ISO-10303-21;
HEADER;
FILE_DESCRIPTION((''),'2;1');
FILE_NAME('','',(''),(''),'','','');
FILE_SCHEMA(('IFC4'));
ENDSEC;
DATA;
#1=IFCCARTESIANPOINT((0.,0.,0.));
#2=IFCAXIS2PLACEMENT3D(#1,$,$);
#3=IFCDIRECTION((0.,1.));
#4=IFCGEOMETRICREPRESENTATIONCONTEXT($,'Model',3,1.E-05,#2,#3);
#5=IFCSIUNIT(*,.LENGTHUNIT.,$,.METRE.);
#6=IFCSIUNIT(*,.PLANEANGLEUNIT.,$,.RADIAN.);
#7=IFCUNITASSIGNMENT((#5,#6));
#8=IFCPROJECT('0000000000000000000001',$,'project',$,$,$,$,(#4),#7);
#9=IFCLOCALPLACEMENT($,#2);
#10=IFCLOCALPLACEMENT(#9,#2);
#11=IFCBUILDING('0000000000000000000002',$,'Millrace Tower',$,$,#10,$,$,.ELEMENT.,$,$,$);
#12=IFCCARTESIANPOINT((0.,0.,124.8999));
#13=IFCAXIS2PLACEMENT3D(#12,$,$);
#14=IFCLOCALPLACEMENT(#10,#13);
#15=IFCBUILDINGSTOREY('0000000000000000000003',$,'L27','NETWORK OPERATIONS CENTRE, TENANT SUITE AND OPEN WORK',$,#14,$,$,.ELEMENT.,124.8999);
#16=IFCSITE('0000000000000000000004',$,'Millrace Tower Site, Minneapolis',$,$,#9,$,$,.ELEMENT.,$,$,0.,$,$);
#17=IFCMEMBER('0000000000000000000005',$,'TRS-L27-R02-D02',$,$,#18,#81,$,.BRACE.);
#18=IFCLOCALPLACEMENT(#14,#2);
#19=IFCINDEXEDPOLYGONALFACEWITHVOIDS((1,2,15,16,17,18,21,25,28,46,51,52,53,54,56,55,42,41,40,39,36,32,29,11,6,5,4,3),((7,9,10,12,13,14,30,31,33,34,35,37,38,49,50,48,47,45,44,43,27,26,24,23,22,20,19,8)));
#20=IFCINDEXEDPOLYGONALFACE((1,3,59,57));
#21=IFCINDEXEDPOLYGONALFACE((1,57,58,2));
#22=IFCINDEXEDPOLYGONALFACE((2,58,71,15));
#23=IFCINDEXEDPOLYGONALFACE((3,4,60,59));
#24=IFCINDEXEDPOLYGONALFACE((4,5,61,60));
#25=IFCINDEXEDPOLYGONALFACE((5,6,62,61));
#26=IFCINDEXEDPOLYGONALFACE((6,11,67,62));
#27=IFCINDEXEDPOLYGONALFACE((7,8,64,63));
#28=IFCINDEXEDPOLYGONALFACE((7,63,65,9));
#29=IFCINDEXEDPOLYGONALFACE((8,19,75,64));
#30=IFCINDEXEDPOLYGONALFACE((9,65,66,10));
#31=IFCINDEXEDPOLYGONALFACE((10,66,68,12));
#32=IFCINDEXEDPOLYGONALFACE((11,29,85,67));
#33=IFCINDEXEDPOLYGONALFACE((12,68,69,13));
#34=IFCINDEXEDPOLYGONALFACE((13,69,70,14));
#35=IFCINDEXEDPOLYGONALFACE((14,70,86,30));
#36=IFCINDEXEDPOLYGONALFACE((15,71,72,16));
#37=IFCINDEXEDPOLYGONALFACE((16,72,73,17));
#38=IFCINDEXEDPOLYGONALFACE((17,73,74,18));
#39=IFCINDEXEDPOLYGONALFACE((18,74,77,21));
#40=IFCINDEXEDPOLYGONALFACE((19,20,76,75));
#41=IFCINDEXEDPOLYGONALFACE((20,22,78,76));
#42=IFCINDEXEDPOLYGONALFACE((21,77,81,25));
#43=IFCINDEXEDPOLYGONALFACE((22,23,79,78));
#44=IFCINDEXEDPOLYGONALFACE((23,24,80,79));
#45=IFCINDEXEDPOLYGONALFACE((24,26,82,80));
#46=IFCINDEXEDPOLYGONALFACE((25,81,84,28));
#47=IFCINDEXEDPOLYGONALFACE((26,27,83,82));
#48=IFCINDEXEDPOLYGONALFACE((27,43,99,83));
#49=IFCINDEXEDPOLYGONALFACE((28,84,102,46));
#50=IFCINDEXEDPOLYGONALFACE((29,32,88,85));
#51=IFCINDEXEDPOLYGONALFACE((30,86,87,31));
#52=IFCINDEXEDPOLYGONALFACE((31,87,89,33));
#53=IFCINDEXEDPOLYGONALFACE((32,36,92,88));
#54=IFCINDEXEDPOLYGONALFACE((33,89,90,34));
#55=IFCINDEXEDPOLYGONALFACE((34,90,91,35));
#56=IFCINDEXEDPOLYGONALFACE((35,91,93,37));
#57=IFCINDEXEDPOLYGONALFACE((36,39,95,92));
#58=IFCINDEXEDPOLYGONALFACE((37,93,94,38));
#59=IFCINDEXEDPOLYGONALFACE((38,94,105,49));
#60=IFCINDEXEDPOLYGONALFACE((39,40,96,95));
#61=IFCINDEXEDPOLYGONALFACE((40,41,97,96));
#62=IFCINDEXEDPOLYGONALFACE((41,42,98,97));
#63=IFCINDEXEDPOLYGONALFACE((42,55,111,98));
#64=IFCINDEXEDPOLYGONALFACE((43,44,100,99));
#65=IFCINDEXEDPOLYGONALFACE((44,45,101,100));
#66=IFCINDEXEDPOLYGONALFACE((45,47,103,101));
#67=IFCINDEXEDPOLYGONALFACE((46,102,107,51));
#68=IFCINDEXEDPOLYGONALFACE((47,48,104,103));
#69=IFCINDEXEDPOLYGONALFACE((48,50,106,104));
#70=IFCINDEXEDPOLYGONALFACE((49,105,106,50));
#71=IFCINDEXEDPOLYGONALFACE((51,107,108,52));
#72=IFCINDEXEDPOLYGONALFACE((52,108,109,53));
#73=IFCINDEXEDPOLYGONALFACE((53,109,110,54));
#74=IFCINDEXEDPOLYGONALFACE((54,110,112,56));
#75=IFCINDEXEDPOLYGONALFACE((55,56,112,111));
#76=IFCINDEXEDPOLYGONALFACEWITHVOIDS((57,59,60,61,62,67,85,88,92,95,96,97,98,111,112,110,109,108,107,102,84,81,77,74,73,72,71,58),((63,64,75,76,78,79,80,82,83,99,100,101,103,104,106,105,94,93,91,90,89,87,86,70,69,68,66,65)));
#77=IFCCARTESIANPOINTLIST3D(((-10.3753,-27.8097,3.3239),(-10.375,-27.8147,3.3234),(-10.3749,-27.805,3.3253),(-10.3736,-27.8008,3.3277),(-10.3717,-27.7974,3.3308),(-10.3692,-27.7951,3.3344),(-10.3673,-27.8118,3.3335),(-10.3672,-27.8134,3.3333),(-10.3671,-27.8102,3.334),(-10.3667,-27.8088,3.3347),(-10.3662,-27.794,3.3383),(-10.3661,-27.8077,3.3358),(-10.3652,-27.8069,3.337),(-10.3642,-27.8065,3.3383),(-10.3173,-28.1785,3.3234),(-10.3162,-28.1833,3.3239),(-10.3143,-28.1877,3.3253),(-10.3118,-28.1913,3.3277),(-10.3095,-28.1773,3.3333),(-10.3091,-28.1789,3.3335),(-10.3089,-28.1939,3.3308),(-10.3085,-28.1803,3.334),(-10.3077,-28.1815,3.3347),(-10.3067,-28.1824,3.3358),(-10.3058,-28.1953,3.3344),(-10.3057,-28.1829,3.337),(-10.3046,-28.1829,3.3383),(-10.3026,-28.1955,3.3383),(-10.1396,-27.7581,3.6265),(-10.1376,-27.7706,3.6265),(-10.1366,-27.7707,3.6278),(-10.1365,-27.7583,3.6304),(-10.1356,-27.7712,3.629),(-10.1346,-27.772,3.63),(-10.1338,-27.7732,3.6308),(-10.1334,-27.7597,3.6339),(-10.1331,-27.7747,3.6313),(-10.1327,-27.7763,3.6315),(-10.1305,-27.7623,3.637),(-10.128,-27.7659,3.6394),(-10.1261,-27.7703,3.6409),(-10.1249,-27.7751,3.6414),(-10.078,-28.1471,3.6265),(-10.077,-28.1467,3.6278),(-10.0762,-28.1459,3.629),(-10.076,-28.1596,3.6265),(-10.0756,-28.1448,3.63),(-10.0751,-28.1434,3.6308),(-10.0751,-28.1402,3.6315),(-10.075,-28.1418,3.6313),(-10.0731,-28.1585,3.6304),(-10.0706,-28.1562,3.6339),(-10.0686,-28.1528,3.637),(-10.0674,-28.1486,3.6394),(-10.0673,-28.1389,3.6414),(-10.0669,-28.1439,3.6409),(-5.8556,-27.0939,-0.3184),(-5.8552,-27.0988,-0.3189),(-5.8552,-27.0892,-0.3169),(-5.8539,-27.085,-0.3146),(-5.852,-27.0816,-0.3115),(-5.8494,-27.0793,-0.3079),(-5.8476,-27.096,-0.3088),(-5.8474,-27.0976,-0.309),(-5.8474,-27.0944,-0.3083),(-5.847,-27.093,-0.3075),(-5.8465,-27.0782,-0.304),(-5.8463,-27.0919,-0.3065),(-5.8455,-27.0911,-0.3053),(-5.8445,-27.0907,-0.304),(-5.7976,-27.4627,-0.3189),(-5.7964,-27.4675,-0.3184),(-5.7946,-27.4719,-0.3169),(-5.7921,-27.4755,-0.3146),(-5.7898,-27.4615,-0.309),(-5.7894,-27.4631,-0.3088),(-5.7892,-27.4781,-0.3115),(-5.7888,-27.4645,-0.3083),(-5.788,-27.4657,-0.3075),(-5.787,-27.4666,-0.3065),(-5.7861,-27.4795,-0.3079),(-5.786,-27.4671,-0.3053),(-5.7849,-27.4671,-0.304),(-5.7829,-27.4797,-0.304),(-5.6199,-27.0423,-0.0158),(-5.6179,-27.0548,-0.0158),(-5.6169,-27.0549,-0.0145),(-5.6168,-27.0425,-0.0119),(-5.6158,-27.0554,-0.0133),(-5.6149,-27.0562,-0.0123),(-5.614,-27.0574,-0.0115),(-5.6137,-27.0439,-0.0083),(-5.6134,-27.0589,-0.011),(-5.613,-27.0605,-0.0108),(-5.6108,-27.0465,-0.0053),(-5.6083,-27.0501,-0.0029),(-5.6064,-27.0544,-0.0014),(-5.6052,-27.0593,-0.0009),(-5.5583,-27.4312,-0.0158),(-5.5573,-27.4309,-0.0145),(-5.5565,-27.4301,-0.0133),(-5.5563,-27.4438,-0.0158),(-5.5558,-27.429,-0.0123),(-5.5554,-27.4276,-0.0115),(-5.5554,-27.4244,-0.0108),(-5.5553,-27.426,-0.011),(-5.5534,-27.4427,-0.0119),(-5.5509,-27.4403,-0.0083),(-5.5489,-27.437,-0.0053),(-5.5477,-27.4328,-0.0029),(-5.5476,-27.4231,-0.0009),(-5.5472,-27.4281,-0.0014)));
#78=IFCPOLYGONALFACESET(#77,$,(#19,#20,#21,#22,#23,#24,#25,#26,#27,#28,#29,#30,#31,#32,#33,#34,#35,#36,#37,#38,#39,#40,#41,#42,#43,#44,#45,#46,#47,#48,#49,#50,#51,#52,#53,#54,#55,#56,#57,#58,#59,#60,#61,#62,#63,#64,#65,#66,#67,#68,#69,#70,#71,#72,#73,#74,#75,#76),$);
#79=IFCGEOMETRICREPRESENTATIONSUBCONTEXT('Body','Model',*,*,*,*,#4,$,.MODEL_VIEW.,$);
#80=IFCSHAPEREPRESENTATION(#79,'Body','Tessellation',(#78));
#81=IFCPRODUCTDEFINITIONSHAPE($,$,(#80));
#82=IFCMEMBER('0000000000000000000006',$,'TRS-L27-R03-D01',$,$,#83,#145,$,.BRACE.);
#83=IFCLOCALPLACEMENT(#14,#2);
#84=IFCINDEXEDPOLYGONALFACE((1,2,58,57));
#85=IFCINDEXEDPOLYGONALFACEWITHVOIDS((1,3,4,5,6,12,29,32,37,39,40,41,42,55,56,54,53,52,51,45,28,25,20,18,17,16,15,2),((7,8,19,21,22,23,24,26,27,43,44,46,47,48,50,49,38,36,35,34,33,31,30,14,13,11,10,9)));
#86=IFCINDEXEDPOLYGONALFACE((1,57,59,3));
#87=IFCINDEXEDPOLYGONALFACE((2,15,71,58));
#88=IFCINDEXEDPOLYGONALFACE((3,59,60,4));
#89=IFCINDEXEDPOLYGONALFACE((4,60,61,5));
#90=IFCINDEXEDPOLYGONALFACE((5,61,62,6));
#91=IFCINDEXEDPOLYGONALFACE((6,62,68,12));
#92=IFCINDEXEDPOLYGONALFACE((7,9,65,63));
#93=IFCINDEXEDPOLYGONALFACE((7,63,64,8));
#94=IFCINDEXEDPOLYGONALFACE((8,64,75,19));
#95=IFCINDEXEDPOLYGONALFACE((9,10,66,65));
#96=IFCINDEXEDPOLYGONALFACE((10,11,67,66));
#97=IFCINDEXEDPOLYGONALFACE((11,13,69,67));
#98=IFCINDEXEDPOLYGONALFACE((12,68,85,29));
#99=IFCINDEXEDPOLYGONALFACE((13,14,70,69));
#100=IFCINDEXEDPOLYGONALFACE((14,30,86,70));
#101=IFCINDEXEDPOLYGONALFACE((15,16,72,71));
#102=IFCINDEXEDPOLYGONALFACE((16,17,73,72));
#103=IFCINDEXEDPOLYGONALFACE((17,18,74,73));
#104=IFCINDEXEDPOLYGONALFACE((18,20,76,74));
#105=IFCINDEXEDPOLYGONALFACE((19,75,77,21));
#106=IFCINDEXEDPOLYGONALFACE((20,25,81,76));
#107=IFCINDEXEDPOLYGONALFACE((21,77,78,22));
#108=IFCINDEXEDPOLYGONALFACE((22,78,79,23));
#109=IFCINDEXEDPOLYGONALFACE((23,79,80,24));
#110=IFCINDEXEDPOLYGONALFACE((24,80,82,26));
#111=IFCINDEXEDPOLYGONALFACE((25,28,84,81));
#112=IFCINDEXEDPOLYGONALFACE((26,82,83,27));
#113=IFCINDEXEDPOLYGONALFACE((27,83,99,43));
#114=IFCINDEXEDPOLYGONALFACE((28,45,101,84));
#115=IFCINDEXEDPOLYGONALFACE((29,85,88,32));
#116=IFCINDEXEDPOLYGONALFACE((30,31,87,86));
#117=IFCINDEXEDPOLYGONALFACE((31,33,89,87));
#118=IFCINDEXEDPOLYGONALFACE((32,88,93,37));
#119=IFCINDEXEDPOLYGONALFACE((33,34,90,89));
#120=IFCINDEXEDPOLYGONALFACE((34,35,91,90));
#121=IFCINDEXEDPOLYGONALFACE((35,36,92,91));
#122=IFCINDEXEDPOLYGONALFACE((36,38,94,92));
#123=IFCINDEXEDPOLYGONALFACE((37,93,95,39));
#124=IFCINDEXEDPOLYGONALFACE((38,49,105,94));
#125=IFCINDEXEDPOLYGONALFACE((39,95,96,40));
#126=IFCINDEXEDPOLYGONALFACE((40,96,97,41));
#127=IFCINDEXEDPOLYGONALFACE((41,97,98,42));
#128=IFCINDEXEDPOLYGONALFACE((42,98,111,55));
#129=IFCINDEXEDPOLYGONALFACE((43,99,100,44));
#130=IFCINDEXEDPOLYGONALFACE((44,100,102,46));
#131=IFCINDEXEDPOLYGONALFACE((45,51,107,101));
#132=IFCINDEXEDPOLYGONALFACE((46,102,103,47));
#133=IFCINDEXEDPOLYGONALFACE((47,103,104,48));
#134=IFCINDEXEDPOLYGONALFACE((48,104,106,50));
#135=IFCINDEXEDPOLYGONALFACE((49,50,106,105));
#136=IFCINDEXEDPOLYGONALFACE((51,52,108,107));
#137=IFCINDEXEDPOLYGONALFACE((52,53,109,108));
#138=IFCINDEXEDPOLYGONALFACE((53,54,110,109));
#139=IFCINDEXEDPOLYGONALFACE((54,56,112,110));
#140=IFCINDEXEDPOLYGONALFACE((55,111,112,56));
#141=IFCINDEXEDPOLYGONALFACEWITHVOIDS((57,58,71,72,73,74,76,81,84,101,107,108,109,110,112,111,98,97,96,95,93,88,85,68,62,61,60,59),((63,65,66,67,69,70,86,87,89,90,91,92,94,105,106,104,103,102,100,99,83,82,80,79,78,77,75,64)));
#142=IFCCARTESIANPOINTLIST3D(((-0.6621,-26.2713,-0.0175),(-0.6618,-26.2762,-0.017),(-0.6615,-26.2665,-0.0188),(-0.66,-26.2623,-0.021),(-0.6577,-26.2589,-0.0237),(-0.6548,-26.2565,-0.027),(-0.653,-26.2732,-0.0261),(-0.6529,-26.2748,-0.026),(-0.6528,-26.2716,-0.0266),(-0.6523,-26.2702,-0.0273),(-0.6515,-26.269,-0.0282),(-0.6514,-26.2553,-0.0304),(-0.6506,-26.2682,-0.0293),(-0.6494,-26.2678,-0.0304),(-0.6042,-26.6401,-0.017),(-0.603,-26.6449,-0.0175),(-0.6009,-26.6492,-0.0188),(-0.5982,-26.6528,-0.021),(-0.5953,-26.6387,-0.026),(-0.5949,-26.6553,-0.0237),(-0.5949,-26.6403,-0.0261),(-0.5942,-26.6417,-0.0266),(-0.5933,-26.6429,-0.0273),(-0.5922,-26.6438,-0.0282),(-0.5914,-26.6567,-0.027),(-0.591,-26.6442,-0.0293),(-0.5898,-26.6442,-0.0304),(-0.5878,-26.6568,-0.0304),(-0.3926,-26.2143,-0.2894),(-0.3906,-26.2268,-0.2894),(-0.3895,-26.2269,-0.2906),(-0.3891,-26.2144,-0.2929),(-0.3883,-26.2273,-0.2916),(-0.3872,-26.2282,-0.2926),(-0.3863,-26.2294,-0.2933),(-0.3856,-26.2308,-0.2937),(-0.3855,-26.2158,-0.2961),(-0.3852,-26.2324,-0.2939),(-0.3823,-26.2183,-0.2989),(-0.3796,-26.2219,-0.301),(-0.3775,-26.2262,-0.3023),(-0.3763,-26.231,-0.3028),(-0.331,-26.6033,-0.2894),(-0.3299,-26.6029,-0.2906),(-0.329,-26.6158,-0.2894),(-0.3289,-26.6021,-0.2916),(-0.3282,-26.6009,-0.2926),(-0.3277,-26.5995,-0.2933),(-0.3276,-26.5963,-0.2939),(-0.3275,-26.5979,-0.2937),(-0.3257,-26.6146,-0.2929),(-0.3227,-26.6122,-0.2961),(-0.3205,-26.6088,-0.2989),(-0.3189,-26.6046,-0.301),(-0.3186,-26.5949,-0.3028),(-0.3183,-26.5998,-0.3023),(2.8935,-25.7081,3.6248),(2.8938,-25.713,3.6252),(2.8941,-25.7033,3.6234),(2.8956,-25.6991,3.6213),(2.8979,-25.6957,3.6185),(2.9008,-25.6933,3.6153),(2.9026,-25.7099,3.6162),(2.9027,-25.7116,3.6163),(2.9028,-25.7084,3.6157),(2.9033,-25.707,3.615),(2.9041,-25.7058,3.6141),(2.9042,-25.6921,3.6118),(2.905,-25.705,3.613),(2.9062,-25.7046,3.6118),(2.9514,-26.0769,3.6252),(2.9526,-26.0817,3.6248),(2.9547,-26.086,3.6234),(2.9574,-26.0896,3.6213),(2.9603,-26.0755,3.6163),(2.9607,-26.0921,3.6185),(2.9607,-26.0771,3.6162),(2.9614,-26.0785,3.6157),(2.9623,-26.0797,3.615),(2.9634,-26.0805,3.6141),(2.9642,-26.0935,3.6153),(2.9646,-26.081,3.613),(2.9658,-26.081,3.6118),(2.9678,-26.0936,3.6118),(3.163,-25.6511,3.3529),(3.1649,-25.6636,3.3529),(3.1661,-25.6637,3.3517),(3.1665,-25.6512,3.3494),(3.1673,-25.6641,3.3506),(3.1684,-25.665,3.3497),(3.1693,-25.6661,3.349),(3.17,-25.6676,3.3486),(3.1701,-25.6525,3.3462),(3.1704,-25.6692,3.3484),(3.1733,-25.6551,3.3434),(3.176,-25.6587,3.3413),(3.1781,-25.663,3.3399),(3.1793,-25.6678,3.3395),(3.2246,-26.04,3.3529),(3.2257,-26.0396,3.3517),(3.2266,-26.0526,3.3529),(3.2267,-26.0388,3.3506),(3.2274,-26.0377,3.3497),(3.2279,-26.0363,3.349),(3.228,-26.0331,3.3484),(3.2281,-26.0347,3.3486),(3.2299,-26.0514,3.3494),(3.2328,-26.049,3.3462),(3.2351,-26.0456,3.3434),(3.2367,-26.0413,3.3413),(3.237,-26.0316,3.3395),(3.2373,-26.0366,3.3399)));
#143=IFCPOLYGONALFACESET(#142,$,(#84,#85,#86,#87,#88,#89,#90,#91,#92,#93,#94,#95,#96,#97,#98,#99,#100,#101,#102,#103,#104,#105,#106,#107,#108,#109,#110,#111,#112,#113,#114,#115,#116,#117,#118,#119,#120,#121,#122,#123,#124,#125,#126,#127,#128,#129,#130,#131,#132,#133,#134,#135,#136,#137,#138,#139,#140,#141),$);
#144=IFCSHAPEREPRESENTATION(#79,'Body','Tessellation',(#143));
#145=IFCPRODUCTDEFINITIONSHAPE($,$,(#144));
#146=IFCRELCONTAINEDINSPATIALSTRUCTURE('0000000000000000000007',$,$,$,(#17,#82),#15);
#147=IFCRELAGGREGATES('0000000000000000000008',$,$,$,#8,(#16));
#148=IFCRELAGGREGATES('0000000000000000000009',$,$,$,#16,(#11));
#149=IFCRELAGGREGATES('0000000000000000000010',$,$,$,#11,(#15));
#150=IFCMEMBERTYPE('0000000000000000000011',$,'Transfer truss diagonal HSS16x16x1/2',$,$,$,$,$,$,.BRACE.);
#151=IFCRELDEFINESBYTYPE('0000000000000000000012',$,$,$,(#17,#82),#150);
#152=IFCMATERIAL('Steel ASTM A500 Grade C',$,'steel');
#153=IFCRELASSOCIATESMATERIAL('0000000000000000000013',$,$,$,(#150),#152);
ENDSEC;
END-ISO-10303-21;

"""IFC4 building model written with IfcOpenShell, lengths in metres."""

from ifc_helpers import new_model, si_unit, direction, frame, origin, origin_2d, place, context, subcontext, project, spatial, hollow_rectangle, extrude, material, material_profile, profile_set, type_object, element, save


model = new_model("IFC4")

# Units and contexts
model_context = context("Model", 3, precision=1e-05, world=origin(), true_north=direction((0.0, 1.0)))
body_context = subcontext(model_context, "Body", "Model", "MODEL_VIEW")
ifc_project = project(units=[si_unit("LENGTHUNIT", "METRE"), si_unit("PLANEANGLEUNIT", "RADIAN")], contexts=[model_context])

# Site, building, storey
site_placement = place(None, origin())
site = spatial("IfcSite", under=ifc_project, at=site_placement, Name="Millrace Tower Site, Minneapolis", CompositionType="ELEMENT", RefElevation=0.0)
building_placement = place(site_placement, origin())
building = spatial("IfcBuilding", under=site, at=building_placement, Name="Millrace Tower", CompositionType="ELEMENT")
storey_placement = place(building_placement, frame((0.0, 0.0, 124.8999)))
storey = spatial("IfcBuildingStorey", under=building, at=storey_placement, Name="L27", Description="NETWORK OPERATIONS CENTRE, TENANT SUITE AND OPEN WORK", CompositionType="ELEMENT", Elevation=124.8999)

# Members
ifc_material_1 = material(Name="Steel ASTM A500 Grade C", Category="steel")
ifc_material_profile_1 = material_profile(ifc_material_1, hollow_rectangle(XDim=0.4065, YDim=0.4065, WallThickness=0.0127, InnerFilletRadius=0.0063, OuterFilletRadius=0.019, at=origin_2d()))
ifc_profile_set_1 = profile_set([ifc_material_profile_1], Name="Steel ASTM A500 Grade C")
member_type_1 = type_object("IfcMemberType", Name="Transfer truss diagonal HSS16x16x1/2", PredefinedType="BRACE", material=ifc_profile_set_1)
member_1_placement = place(storey_placement, frame((-5.7014, -27.261, -0.1599), z_axis=(-0.772782, -0.12239, 0.622759), x_axis=(0.156426, -0.98769, 0.0)))
element("IfcMember", 1, at=member_1_placement, inside=storey, type_object=member_type_1, Name="TRS-L27-R02-D02", PredefinedType="BRACE", context=body_context, shape_type="SweptSolid", body=[
    extrude(hollow_rectangle(XDim=0.4065, YDim=0.4065, WallThickness=0.0127, InnerFilletRadius=0.0063, OuterFilletRadius=0.019, at=origin_2d()), origin(), (0.0, 0.0, 1.0), 5.8486),
])
member_2_placement = place(storey_placement, frame((-0.4902, -26.4355, -0.1599), z_axis=(0.694304, 0.109981, 0.711228), x_axis=(-0.156454, 0.987685, 0.0)))
element("IfcMember", 2, at=member_2_placement, inside=storey, type_object=member_type_1, Name="TRS-L27-R03-D01", PredefinedType="BRACE", context=body_context, shape_type="SweptSolid", body=[
    extrude(hollow_rectangle(XDim=0.4065, YDim=0.4065, WallThickness=0.0127, InnerFilletRadius=0.0063, OuterFilletRadius=0.019, at=origin_2d()), origin(), (0.0, 0.0, 1.0), 5.1211),
])

save(model, "model.ifc")
